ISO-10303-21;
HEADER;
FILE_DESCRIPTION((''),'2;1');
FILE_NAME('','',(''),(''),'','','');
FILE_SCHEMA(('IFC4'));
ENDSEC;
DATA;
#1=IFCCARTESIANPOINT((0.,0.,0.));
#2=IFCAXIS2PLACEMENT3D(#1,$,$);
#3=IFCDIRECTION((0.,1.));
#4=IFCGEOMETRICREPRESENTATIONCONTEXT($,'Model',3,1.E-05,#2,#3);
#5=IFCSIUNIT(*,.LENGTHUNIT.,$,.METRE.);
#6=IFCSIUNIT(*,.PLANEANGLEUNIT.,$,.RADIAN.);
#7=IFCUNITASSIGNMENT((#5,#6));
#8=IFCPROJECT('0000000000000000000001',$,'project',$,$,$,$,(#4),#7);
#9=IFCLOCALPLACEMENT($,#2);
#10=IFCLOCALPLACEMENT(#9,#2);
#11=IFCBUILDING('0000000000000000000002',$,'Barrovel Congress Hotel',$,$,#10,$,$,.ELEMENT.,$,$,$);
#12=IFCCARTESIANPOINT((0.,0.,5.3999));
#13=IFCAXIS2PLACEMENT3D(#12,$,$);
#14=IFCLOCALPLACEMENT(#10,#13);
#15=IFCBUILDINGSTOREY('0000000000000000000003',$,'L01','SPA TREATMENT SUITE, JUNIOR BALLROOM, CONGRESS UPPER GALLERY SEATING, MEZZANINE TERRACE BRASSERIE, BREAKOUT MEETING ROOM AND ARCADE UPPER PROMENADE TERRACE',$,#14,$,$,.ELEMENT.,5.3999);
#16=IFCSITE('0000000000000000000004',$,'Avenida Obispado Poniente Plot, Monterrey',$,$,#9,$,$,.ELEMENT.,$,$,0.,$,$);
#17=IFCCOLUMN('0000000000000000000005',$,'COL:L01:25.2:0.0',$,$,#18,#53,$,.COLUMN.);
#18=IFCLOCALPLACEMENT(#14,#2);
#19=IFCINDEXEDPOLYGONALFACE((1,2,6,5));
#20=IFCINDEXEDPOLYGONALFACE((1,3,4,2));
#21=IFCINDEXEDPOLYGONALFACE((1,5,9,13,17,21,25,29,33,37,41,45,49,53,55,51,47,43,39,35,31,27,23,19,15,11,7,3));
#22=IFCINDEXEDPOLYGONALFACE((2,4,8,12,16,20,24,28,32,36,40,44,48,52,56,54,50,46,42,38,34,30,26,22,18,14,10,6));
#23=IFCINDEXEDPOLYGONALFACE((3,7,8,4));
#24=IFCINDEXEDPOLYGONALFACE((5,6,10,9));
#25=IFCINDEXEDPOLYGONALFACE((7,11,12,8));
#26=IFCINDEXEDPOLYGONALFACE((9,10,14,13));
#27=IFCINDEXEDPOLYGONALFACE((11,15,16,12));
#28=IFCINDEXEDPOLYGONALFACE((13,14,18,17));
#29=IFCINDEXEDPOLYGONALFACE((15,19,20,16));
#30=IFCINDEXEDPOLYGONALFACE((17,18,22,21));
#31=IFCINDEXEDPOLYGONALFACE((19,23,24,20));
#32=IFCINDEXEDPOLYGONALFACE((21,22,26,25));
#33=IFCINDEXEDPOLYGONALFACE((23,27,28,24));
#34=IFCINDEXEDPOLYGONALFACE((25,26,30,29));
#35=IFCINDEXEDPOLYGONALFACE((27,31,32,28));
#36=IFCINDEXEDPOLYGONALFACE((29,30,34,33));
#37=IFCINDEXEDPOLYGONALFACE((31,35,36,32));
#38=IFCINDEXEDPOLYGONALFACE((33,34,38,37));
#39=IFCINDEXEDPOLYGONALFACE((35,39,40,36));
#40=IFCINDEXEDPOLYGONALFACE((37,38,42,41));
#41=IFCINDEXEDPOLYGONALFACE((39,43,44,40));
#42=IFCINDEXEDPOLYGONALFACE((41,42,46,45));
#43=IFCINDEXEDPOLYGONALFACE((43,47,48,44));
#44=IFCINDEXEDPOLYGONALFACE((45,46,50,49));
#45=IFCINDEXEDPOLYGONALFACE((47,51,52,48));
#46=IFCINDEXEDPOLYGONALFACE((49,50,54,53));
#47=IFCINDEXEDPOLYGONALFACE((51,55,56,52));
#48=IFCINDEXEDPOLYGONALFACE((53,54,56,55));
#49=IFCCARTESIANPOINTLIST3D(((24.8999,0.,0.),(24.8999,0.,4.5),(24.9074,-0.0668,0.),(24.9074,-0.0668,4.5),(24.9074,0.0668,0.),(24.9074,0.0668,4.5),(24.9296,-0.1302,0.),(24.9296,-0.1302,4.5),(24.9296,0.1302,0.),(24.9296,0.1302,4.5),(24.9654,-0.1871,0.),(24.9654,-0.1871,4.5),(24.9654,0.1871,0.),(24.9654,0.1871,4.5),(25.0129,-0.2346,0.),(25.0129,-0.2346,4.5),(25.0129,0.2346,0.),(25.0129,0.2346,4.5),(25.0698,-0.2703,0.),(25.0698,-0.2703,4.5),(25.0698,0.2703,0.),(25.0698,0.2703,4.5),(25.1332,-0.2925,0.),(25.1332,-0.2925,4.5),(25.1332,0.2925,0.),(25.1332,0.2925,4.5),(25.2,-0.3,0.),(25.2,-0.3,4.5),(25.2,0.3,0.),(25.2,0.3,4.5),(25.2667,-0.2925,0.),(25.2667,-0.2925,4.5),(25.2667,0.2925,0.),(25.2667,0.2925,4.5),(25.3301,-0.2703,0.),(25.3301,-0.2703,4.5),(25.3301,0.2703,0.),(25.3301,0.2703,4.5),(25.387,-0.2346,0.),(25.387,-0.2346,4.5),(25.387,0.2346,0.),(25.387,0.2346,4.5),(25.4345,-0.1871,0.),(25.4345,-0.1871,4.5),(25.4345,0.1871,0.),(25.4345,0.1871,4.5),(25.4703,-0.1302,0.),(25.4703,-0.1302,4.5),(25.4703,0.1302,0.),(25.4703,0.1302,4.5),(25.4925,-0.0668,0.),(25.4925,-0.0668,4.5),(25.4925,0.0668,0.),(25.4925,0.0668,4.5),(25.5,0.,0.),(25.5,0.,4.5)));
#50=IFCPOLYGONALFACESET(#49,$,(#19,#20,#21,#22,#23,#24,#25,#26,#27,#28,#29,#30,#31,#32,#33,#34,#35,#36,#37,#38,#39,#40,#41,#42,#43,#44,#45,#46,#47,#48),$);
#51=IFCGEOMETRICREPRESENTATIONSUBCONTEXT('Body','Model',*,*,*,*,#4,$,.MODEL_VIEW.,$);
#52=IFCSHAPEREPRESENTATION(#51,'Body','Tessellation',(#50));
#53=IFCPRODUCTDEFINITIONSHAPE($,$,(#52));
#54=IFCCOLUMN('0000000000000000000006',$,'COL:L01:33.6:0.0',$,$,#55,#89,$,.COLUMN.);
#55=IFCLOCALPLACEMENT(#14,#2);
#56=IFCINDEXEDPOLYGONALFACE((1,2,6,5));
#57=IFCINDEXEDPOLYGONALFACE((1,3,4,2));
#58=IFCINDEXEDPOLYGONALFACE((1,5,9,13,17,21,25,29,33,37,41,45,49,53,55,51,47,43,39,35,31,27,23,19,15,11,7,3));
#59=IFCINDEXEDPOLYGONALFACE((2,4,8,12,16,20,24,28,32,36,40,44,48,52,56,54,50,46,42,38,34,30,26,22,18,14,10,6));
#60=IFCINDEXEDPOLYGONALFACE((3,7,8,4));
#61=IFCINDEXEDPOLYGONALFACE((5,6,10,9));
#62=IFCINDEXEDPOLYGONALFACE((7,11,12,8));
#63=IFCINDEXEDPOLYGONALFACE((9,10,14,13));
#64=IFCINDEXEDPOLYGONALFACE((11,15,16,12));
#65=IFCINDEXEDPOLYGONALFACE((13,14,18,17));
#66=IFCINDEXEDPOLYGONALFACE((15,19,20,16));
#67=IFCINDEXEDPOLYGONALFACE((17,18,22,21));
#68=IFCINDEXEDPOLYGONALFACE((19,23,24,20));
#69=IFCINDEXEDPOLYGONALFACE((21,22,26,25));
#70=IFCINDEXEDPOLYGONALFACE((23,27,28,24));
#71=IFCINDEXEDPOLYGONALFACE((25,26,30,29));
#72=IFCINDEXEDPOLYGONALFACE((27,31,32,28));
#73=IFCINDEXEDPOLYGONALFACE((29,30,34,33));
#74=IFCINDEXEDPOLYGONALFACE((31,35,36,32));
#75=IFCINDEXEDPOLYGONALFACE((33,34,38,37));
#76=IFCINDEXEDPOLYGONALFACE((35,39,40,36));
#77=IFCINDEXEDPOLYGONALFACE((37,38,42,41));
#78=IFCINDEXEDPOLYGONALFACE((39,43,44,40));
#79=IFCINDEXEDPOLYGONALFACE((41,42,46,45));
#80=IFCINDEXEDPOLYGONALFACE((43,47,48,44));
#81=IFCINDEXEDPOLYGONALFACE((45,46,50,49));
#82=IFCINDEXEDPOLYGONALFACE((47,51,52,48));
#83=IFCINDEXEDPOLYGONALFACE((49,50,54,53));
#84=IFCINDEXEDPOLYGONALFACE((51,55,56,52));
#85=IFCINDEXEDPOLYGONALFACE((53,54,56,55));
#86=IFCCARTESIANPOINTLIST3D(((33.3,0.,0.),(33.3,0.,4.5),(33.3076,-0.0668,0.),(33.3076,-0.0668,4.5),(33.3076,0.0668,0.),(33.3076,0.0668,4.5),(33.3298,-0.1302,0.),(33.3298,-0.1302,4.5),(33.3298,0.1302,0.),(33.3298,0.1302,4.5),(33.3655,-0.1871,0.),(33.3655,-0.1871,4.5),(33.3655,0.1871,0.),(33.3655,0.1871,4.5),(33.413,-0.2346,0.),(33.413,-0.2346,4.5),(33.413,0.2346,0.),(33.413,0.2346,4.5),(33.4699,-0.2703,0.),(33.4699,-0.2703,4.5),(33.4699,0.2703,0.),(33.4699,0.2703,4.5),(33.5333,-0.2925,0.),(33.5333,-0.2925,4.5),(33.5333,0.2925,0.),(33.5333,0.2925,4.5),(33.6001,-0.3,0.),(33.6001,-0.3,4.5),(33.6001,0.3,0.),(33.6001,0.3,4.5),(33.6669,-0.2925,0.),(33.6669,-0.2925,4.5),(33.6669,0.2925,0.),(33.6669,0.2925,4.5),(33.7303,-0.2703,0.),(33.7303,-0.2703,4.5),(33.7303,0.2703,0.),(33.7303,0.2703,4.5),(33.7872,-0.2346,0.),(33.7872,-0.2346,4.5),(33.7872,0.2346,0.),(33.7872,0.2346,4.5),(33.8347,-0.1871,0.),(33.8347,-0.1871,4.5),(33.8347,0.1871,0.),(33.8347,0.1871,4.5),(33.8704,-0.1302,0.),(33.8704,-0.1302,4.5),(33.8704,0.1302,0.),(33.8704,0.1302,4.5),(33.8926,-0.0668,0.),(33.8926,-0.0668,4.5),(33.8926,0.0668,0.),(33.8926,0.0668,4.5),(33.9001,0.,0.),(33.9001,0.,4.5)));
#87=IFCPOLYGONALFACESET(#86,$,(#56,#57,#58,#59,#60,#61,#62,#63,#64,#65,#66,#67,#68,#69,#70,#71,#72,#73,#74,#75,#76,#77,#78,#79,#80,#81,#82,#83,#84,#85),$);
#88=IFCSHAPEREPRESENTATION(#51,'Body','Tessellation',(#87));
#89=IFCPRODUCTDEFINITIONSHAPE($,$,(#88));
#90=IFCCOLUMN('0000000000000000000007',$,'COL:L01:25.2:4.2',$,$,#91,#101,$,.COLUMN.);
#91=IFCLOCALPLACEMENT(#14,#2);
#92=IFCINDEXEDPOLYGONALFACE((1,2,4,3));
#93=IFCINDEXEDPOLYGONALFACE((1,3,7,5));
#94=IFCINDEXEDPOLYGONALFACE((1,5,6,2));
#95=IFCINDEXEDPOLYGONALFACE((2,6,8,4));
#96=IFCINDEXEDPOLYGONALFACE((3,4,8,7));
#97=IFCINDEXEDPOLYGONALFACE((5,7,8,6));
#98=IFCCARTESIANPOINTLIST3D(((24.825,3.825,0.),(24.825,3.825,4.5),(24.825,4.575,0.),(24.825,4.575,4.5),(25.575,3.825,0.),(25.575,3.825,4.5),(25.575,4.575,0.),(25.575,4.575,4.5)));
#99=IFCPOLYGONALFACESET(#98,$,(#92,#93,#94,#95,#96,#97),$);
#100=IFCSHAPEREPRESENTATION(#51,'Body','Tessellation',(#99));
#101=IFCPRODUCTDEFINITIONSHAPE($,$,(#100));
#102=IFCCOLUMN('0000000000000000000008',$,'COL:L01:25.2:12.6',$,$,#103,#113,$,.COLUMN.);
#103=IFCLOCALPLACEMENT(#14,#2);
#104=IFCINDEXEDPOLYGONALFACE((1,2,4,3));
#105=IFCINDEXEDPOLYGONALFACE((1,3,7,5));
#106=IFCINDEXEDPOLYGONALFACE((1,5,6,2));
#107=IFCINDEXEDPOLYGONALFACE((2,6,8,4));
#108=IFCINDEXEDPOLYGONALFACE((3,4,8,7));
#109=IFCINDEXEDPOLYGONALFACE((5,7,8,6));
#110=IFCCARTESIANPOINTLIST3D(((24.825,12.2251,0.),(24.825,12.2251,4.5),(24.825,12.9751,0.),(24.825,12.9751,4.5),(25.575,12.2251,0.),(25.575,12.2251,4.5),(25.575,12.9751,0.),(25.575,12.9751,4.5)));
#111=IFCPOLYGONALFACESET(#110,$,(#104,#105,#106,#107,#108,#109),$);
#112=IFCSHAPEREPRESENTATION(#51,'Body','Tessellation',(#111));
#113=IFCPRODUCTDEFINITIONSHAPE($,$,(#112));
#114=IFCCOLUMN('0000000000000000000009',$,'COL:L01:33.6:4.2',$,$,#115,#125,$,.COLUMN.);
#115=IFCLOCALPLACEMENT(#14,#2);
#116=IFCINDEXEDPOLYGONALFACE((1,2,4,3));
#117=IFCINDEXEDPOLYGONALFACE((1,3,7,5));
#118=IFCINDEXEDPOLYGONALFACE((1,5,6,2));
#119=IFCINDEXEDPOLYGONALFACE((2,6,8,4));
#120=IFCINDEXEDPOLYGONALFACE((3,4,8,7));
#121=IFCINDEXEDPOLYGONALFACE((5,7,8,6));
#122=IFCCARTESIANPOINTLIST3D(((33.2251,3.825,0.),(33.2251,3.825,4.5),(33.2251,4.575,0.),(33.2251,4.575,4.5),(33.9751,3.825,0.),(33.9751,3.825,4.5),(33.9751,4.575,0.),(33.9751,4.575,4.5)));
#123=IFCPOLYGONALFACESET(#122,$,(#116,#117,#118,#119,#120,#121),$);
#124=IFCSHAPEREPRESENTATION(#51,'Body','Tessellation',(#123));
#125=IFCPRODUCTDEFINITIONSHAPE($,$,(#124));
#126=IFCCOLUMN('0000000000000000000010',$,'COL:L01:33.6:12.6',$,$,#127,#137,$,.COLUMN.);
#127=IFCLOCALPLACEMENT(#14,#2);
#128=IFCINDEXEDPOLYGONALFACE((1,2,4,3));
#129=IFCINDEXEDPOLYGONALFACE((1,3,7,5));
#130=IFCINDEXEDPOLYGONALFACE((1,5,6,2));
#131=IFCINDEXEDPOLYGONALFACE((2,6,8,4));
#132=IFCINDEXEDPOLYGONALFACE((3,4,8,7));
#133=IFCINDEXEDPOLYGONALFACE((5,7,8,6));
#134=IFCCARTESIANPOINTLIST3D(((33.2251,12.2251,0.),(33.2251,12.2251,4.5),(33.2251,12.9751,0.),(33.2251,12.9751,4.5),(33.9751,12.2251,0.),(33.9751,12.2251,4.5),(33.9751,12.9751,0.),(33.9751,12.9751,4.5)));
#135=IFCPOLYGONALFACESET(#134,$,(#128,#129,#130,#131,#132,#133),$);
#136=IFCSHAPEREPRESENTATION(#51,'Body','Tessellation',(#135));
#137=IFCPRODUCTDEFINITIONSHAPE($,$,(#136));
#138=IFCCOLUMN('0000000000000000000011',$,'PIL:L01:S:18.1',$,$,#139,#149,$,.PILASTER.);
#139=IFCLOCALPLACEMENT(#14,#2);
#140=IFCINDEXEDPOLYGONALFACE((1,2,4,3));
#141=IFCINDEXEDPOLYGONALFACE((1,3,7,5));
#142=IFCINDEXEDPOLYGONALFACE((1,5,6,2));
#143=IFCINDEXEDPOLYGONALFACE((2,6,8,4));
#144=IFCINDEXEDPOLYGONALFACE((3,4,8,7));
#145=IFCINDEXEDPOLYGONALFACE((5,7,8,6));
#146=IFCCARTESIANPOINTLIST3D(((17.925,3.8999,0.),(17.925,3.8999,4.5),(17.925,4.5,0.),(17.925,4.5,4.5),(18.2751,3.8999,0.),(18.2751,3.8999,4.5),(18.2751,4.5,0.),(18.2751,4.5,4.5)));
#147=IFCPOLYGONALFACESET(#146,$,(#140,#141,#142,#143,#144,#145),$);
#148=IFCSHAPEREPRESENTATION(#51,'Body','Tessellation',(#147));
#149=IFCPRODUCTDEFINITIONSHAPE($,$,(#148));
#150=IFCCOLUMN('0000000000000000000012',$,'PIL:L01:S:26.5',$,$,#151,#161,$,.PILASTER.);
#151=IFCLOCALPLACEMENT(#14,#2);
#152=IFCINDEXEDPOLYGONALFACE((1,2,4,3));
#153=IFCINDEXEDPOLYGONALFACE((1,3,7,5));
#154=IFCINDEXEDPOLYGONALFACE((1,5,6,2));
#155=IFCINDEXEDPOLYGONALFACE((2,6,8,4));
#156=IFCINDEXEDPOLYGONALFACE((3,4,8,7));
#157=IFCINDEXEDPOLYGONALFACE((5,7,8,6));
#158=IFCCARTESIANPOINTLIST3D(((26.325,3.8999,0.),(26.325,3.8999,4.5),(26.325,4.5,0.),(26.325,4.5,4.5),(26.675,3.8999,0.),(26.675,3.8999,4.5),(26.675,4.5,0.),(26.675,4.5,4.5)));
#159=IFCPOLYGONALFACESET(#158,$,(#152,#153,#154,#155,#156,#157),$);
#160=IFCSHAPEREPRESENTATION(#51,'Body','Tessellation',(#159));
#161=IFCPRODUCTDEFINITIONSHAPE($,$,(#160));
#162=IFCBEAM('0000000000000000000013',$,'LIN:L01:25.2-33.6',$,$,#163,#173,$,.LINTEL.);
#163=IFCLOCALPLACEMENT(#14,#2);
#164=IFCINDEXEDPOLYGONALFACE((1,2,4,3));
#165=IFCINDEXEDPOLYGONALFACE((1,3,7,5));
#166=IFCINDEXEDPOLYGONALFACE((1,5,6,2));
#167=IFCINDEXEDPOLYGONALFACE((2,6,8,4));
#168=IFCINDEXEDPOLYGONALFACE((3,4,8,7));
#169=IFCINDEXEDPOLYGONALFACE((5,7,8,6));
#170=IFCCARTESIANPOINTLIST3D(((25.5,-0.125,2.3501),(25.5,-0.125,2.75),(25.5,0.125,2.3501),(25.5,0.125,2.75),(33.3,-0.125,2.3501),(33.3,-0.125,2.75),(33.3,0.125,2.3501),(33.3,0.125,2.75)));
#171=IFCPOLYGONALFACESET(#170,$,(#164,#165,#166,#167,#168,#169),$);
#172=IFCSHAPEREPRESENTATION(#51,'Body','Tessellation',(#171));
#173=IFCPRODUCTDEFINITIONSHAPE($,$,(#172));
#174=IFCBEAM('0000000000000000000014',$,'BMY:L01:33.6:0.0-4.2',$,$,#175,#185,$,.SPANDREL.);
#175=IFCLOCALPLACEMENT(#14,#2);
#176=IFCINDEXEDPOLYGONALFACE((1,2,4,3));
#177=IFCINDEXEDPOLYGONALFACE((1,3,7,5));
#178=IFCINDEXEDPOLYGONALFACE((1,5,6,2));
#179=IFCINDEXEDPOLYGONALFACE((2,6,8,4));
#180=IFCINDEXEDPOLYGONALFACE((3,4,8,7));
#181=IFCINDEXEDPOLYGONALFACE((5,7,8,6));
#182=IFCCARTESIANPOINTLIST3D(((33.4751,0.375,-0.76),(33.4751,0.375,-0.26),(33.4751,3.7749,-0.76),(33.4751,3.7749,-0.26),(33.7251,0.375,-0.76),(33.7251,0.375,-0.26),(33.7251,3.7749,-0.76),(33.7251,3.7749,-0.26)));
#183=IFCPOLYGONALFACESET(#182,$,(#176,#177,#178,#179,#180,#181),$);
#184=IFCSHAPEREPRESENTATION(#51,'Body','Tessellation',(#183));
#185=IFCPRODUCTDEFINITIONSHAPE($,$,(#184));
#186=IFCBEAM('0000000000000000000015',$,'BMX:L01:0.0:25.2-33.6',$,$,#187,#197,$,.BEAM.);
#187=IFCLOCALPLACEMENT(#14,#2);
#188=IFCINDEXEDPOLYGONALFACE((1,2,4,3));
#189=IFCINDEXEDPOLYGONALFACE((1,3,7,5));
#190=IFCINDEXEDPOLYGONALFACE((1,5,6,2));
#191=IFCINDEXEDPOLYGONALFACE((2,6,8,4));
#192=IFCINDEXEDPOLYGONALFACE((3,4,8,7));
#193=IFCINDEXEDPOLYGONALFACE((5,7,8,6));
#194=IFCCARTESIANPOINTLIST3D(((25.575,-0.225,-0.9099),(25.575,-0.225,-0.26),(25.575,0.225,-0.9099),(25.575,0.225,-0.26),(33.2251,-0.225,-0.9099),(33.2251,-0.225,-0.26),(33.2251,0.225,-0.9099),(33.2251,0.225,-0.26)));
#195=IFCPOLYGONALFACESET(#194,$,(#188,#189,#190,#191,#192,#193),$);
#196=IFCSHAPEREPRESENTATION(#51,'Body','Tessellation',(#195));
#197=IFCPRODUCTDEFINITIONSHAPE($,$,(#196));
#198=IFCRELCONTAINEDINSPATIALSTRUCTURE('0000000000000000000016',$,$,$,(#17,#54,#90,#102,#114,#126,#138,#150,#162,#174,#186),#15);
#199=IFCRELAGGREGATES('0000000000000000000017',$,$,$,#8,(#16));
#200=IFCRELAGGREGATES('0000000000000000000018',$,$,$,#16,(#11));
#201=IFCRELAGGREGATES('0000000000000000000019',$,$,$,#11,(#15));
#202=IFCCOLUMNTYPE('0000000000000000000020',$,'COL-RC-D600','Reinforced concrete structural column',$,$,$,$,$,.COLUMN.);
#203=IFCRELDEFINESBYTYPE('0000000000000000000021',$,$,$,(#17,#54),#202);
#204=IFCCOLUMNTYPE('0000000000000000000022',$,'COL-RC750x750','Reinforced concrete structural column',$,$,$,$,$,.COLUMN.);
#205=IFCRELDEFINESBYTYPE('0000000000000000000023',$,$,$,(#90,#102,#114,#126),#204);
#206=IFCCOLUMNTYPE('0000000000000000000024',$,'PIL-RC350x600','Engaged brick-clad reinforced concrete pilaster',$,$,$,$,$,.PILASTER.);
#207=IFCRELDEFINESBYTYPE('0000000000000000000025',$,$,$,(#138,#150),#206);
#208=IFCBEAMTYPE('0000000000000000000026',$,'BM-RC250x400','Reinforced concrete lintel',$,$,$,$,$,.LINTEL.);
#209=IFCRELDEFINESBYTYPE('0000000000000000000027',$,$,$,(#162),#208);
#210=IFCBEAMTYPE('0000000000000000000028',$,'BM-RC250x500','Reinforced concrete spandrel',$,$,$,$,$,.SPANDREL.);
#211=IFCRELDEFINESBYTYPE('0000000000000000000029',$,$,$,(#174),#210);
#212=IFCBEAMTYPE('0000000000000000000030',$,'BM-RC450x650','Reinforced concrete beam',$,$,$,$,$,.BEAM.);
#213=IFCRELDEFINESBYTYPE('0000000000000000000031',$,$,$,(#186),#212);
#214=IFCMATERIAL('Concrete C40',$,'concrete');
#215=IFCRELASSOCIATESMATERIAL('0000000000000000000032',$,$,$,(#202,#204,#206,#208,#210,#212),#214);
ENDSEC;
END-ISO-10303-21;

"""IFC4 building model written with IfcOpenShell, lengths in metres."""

from ifc_helpers import new_model, si_unit, direction, frame, origin, origin_2d, place, context, subcontext, project, spatial, rectangle, circle, extrude, material, material_profile, profile_set, type_object, element, save


model = new_model("IFC4")

# Units and contexts
model_context = context("Model", 3, precision=1e-05, world=origin(), true_north=direction((0.0, 1.0)))
body_context = subcontext(model_context, "Body", "Model", "MODEL_VIEW")
ifc_project = project(units=[si_unit("LENGTHUNIT", "METRE"), si_unit("PLANEANGLEUNIT", "RADIAN")], contexts=[model_context])

# Site, building, storey
site_placement = place(None, origin())
site = spatial("IfcSite", under=ifc_project, at=site_placement, Name="Avenida Obispado Poniente Plot, Monterrey", CompositionType="ELEMENT", RefElevation=0.0)
building_placement = place(site_placement, origin())
building = spatial("IfcBuilding", under=site, at=building_placement, Name="Barrovel Congress Hotel", CompositionType="ELEMENT")
storey_placement = place(building_placement, frame((0.0, 0.0, 5.3999)))
storey = spatial("IfcBuildingStorey", under=building, at=storey_placement, Name="L01", Description="SPA TREATMENT SUITE, JUNIOR BALLROOM, CONGRESS UPPER GALLERY SEATING, MEZZANINE TERRACE BRASSERIE, BREAKOUT MEETING ROOM AND ARCADE UPPER PROMENADE TERRACE", CompositionType="ELEMENT", Elevation=5.3999)

# Columns
ifc_material_1 = material(Name="Concrete C40", Category="concrete")
ifc_material_profile_1 = material_profile(ifc_material_1, circle(Radius=0.3, at=origin_2d()), Name="RC-D600")
ifc_profile_set_1 = profile_set([ifc_material_profile_1], Name="Concrete C40")
column_type_1 = type_object("IfcColumnType", Name="COL-RC-D600", Description="Reinforced concrete structural column", PredefinedType="COLUMN", material=ifc_profile_set_1)
for number, where, z_axis, x_axis, name in (
    (1, (25.2, 0.0, 0.0), (0.0, 0.0, 1.0), (1.0, 0.0, 0.0), "COL:L01:25.2:0.0"),
    (2, (33.6001, 0.0, 0.0), (0.0, 0.0, 1.0), (1.0, 0.0, 0.0), "COL:L01:33.6:0.0"),
):
    element("IfcColumn", number, at=place(storey_placement, frame(where, z_axis=z_axis, x_axis=x_axis)), inside=storey, type_object=column_type_1, Name=name, PredefinedType="COLUMN", context=body_context, shape_type="SweptSolid", body=[
        extrude(circle(Radius=0.3, at=origin_2d()), origin(), (0.0, 0.0, 1.0), 4.5),
    ])
ifc_material_profile_2 = material_profile(ifc_material_1, rectangle(XDim=0.75, YDim=0.75, at=origin_2d()), Name="RC750x750")
ifc_profile_set_2 = profile_set([ifc_material_profile_2], Name="Concrete C40")
column_type_2 = type_object("IfcColumnType", Name="COL-RC750x750", Description="Reinforced concrete structural column", PredefinedType="COLUMN", material=ifc_profile_set_2)
for number, where, z_axis, x_axis, name in (
    (3, (25.2, 4.2, 0.0), (0.0, 0.0, 1.0), (1.0, 0.0, 0.0), "COL:L01:25.2:4.2"),
    (4, (25.2, 12.6001, 0.0), (0.0, 0.0, 1.0), (1.0, 0.0, 0.0), "COL:L01:25.2:12.6"),
    (5, (33.6001, 4.2, 0.0), (0.0, 0.0, 1.0), (1.0, 0.0, 0.0), "COL:L01:33.6:4.2"),
    (6, (33.6001, 12.6001, 0.0), (0.0, 0.0, 1.0), (1.0, 0.0, 0.0), "COL:L01:33.6:12.6"),
):
    element("IfcColumn", number, at=place(storey_placement, frame(where, z_axis=z_axis, x_axis=x_axis)), inside=storey, type_object=column_type_2, Name=name, PredefinedType="COLUMN", context=body_context, shape_type="SweptSolid", body=[
        extrude(rectangle(XDim=0.75, YDim=0.75, at=origin_2d()), origin(), (0.0, 0.0, 1.0), 4.5),
    ])
ifc_material_profile_3 = material_profile(ifc_material_1, rectangle(XDim=0.3501, YDim=0.6001, at=origin_2d()), Name="RC350x600")
ifc_profile_set_3 = profile_set([ifc_material_profile_3], Name="Concrete C40")
column_type_3 = type_object("IfcColumnType", Name="PIL-RC350x600", Description="Engaged brick-clad reinforced concrete pilaster", PredefinedType="PILASTER", material=ifc_profile_set_3)
for number, where, z_axis, x_axis, name in (
    (7, (18.1001, 4.2, 0.0), (0.0, 0.0, 1.0), (1.0, 0.0, 0.0), "PIL:L01:S:18.1"),
    (8, (26.5, 4.2, 0.0), (0.0, 0.0, 1.0), (1.0, 0.0, 0.0), "PIL:L01:S:26.5"),
):
    element("IfcColumn", number, at=place(storey_placement, frame(where, z_axis=z_axis, x_axis=x_axis)), inside=storey, type_object=column_type_3, Name=name, PredefinedType="PILASTER", context=body_context, shape_type="SweptSolid", body=[
        extrude(rectangle(XDim=0.3501, YDim=0.6001, at=origin_2d()), origin(), (0.0, 0.0, 1.0), 4.5),
    ])

# Beams
ifc_material_profile_4 = material_profile(ifc_material_1, rectangle(XDim=0.25, YDim=0.3999, at=origin_2d()), Name="RC250x400")
ifc_profile_set_4 = profile_set([ifc_material_profile_4], Name="Concrete C40")
beam_type_1 = type_object("IfcBeamType", Name="BM-RC250x400", Description="Reinforced concrete lintel", PredefinedType="LINTEL", material=ifc_profile_set_4)
beam_1_placement = place(storey_placement, frame((25.5, 0.0, 2.55), z_axis=(1.0, 0.0, 0.0), x_axis=(0.0, 1.0, 0.0)))
element("IfcBeam", 9, at=beam_1_placement, inside=storey, type_object=beam_type_1, Name="LIN:L01:25.2-33.6", PredefinedType="LINTEL", context=body_context, shape_type="SweptSolid", body=[
    extrude(rectangle(XDim=0.25, YDim=0.3999, at=origin_2d()), origin(), (0.0, 0.0, 1.0), 7.8),
])
ifc_material_profile_5 = material_profile(ifc_material_1, rectangle(XDim=0.25, YDim=0.5, at=origin_2d()), Name="RC250x500")
ifc_profile_set_5 = profile_set([ifc_material_profile_5], Name="Concrete C40")
beam_type_2 = type_object("IfcBeamType", Name="BM-RC250x500", Description="Reinforced concrete spandrel", PredefinedType="SPANDREL", material=ifc_profile_set_5)
beam_2_placement = place(storey_placement, frame((33.6001, 0.375, -0.51), z_axis=(0.0, 1.0, 0.0), x_axis=(-1.0, 0.0, 0.0)))
element("IfcBeam", 10, at=beam_2_placement, inside=storey, type_object=beam_type_2, Name="BMY:L01:33.6:0.0-4.2", PredefinedType="SPANDREL", context=body_context, shape_type="SweptSolid", body=[
    extrude(rectangle(XDim=0.25, YDim=0.5, at=origin_2d()), origin(), (0.0, 0.0, 1.0), 3.3999),
])
ifc_material_profile_6 = material_profile(ifc_material_1, rectangle(XDim=0.45, YDim=0.6499, at=origin_2d()), Name="RC450x650")
ifc_profile_set_6 = profile_set([ifc_material_profile_6], Name="Concrete C40")
beam_type_3 = type_object("IfcBeamType", Name="BM-RC450x650", Description="Reinforced concrete beam", PredefinedType="BEAM", material=ifc_profile_set_6)
beam_3_placement = place(storey_placement, frame((25.575, 0.0, -0.585), z_axis=(1.0, 0.0, 0.0), x_axis=(0.0, 1.0, 0.0)))
element("IfcBeam", 11, at=beam_3_placement, inside=storey, type_object=beam_type_3, Name="BMX:L01:0.0:25.2-33.6", PredefinedType="BEAM", context=body_context, shape_type="SweptSolid", body=[
    extrude(rectangle(XDim=0.45, YDim=0.6499, at=origin_2d()), origin(), (0.0, 0.0, 1.0), 7.6501),
])

save(model, "model.ifc")
